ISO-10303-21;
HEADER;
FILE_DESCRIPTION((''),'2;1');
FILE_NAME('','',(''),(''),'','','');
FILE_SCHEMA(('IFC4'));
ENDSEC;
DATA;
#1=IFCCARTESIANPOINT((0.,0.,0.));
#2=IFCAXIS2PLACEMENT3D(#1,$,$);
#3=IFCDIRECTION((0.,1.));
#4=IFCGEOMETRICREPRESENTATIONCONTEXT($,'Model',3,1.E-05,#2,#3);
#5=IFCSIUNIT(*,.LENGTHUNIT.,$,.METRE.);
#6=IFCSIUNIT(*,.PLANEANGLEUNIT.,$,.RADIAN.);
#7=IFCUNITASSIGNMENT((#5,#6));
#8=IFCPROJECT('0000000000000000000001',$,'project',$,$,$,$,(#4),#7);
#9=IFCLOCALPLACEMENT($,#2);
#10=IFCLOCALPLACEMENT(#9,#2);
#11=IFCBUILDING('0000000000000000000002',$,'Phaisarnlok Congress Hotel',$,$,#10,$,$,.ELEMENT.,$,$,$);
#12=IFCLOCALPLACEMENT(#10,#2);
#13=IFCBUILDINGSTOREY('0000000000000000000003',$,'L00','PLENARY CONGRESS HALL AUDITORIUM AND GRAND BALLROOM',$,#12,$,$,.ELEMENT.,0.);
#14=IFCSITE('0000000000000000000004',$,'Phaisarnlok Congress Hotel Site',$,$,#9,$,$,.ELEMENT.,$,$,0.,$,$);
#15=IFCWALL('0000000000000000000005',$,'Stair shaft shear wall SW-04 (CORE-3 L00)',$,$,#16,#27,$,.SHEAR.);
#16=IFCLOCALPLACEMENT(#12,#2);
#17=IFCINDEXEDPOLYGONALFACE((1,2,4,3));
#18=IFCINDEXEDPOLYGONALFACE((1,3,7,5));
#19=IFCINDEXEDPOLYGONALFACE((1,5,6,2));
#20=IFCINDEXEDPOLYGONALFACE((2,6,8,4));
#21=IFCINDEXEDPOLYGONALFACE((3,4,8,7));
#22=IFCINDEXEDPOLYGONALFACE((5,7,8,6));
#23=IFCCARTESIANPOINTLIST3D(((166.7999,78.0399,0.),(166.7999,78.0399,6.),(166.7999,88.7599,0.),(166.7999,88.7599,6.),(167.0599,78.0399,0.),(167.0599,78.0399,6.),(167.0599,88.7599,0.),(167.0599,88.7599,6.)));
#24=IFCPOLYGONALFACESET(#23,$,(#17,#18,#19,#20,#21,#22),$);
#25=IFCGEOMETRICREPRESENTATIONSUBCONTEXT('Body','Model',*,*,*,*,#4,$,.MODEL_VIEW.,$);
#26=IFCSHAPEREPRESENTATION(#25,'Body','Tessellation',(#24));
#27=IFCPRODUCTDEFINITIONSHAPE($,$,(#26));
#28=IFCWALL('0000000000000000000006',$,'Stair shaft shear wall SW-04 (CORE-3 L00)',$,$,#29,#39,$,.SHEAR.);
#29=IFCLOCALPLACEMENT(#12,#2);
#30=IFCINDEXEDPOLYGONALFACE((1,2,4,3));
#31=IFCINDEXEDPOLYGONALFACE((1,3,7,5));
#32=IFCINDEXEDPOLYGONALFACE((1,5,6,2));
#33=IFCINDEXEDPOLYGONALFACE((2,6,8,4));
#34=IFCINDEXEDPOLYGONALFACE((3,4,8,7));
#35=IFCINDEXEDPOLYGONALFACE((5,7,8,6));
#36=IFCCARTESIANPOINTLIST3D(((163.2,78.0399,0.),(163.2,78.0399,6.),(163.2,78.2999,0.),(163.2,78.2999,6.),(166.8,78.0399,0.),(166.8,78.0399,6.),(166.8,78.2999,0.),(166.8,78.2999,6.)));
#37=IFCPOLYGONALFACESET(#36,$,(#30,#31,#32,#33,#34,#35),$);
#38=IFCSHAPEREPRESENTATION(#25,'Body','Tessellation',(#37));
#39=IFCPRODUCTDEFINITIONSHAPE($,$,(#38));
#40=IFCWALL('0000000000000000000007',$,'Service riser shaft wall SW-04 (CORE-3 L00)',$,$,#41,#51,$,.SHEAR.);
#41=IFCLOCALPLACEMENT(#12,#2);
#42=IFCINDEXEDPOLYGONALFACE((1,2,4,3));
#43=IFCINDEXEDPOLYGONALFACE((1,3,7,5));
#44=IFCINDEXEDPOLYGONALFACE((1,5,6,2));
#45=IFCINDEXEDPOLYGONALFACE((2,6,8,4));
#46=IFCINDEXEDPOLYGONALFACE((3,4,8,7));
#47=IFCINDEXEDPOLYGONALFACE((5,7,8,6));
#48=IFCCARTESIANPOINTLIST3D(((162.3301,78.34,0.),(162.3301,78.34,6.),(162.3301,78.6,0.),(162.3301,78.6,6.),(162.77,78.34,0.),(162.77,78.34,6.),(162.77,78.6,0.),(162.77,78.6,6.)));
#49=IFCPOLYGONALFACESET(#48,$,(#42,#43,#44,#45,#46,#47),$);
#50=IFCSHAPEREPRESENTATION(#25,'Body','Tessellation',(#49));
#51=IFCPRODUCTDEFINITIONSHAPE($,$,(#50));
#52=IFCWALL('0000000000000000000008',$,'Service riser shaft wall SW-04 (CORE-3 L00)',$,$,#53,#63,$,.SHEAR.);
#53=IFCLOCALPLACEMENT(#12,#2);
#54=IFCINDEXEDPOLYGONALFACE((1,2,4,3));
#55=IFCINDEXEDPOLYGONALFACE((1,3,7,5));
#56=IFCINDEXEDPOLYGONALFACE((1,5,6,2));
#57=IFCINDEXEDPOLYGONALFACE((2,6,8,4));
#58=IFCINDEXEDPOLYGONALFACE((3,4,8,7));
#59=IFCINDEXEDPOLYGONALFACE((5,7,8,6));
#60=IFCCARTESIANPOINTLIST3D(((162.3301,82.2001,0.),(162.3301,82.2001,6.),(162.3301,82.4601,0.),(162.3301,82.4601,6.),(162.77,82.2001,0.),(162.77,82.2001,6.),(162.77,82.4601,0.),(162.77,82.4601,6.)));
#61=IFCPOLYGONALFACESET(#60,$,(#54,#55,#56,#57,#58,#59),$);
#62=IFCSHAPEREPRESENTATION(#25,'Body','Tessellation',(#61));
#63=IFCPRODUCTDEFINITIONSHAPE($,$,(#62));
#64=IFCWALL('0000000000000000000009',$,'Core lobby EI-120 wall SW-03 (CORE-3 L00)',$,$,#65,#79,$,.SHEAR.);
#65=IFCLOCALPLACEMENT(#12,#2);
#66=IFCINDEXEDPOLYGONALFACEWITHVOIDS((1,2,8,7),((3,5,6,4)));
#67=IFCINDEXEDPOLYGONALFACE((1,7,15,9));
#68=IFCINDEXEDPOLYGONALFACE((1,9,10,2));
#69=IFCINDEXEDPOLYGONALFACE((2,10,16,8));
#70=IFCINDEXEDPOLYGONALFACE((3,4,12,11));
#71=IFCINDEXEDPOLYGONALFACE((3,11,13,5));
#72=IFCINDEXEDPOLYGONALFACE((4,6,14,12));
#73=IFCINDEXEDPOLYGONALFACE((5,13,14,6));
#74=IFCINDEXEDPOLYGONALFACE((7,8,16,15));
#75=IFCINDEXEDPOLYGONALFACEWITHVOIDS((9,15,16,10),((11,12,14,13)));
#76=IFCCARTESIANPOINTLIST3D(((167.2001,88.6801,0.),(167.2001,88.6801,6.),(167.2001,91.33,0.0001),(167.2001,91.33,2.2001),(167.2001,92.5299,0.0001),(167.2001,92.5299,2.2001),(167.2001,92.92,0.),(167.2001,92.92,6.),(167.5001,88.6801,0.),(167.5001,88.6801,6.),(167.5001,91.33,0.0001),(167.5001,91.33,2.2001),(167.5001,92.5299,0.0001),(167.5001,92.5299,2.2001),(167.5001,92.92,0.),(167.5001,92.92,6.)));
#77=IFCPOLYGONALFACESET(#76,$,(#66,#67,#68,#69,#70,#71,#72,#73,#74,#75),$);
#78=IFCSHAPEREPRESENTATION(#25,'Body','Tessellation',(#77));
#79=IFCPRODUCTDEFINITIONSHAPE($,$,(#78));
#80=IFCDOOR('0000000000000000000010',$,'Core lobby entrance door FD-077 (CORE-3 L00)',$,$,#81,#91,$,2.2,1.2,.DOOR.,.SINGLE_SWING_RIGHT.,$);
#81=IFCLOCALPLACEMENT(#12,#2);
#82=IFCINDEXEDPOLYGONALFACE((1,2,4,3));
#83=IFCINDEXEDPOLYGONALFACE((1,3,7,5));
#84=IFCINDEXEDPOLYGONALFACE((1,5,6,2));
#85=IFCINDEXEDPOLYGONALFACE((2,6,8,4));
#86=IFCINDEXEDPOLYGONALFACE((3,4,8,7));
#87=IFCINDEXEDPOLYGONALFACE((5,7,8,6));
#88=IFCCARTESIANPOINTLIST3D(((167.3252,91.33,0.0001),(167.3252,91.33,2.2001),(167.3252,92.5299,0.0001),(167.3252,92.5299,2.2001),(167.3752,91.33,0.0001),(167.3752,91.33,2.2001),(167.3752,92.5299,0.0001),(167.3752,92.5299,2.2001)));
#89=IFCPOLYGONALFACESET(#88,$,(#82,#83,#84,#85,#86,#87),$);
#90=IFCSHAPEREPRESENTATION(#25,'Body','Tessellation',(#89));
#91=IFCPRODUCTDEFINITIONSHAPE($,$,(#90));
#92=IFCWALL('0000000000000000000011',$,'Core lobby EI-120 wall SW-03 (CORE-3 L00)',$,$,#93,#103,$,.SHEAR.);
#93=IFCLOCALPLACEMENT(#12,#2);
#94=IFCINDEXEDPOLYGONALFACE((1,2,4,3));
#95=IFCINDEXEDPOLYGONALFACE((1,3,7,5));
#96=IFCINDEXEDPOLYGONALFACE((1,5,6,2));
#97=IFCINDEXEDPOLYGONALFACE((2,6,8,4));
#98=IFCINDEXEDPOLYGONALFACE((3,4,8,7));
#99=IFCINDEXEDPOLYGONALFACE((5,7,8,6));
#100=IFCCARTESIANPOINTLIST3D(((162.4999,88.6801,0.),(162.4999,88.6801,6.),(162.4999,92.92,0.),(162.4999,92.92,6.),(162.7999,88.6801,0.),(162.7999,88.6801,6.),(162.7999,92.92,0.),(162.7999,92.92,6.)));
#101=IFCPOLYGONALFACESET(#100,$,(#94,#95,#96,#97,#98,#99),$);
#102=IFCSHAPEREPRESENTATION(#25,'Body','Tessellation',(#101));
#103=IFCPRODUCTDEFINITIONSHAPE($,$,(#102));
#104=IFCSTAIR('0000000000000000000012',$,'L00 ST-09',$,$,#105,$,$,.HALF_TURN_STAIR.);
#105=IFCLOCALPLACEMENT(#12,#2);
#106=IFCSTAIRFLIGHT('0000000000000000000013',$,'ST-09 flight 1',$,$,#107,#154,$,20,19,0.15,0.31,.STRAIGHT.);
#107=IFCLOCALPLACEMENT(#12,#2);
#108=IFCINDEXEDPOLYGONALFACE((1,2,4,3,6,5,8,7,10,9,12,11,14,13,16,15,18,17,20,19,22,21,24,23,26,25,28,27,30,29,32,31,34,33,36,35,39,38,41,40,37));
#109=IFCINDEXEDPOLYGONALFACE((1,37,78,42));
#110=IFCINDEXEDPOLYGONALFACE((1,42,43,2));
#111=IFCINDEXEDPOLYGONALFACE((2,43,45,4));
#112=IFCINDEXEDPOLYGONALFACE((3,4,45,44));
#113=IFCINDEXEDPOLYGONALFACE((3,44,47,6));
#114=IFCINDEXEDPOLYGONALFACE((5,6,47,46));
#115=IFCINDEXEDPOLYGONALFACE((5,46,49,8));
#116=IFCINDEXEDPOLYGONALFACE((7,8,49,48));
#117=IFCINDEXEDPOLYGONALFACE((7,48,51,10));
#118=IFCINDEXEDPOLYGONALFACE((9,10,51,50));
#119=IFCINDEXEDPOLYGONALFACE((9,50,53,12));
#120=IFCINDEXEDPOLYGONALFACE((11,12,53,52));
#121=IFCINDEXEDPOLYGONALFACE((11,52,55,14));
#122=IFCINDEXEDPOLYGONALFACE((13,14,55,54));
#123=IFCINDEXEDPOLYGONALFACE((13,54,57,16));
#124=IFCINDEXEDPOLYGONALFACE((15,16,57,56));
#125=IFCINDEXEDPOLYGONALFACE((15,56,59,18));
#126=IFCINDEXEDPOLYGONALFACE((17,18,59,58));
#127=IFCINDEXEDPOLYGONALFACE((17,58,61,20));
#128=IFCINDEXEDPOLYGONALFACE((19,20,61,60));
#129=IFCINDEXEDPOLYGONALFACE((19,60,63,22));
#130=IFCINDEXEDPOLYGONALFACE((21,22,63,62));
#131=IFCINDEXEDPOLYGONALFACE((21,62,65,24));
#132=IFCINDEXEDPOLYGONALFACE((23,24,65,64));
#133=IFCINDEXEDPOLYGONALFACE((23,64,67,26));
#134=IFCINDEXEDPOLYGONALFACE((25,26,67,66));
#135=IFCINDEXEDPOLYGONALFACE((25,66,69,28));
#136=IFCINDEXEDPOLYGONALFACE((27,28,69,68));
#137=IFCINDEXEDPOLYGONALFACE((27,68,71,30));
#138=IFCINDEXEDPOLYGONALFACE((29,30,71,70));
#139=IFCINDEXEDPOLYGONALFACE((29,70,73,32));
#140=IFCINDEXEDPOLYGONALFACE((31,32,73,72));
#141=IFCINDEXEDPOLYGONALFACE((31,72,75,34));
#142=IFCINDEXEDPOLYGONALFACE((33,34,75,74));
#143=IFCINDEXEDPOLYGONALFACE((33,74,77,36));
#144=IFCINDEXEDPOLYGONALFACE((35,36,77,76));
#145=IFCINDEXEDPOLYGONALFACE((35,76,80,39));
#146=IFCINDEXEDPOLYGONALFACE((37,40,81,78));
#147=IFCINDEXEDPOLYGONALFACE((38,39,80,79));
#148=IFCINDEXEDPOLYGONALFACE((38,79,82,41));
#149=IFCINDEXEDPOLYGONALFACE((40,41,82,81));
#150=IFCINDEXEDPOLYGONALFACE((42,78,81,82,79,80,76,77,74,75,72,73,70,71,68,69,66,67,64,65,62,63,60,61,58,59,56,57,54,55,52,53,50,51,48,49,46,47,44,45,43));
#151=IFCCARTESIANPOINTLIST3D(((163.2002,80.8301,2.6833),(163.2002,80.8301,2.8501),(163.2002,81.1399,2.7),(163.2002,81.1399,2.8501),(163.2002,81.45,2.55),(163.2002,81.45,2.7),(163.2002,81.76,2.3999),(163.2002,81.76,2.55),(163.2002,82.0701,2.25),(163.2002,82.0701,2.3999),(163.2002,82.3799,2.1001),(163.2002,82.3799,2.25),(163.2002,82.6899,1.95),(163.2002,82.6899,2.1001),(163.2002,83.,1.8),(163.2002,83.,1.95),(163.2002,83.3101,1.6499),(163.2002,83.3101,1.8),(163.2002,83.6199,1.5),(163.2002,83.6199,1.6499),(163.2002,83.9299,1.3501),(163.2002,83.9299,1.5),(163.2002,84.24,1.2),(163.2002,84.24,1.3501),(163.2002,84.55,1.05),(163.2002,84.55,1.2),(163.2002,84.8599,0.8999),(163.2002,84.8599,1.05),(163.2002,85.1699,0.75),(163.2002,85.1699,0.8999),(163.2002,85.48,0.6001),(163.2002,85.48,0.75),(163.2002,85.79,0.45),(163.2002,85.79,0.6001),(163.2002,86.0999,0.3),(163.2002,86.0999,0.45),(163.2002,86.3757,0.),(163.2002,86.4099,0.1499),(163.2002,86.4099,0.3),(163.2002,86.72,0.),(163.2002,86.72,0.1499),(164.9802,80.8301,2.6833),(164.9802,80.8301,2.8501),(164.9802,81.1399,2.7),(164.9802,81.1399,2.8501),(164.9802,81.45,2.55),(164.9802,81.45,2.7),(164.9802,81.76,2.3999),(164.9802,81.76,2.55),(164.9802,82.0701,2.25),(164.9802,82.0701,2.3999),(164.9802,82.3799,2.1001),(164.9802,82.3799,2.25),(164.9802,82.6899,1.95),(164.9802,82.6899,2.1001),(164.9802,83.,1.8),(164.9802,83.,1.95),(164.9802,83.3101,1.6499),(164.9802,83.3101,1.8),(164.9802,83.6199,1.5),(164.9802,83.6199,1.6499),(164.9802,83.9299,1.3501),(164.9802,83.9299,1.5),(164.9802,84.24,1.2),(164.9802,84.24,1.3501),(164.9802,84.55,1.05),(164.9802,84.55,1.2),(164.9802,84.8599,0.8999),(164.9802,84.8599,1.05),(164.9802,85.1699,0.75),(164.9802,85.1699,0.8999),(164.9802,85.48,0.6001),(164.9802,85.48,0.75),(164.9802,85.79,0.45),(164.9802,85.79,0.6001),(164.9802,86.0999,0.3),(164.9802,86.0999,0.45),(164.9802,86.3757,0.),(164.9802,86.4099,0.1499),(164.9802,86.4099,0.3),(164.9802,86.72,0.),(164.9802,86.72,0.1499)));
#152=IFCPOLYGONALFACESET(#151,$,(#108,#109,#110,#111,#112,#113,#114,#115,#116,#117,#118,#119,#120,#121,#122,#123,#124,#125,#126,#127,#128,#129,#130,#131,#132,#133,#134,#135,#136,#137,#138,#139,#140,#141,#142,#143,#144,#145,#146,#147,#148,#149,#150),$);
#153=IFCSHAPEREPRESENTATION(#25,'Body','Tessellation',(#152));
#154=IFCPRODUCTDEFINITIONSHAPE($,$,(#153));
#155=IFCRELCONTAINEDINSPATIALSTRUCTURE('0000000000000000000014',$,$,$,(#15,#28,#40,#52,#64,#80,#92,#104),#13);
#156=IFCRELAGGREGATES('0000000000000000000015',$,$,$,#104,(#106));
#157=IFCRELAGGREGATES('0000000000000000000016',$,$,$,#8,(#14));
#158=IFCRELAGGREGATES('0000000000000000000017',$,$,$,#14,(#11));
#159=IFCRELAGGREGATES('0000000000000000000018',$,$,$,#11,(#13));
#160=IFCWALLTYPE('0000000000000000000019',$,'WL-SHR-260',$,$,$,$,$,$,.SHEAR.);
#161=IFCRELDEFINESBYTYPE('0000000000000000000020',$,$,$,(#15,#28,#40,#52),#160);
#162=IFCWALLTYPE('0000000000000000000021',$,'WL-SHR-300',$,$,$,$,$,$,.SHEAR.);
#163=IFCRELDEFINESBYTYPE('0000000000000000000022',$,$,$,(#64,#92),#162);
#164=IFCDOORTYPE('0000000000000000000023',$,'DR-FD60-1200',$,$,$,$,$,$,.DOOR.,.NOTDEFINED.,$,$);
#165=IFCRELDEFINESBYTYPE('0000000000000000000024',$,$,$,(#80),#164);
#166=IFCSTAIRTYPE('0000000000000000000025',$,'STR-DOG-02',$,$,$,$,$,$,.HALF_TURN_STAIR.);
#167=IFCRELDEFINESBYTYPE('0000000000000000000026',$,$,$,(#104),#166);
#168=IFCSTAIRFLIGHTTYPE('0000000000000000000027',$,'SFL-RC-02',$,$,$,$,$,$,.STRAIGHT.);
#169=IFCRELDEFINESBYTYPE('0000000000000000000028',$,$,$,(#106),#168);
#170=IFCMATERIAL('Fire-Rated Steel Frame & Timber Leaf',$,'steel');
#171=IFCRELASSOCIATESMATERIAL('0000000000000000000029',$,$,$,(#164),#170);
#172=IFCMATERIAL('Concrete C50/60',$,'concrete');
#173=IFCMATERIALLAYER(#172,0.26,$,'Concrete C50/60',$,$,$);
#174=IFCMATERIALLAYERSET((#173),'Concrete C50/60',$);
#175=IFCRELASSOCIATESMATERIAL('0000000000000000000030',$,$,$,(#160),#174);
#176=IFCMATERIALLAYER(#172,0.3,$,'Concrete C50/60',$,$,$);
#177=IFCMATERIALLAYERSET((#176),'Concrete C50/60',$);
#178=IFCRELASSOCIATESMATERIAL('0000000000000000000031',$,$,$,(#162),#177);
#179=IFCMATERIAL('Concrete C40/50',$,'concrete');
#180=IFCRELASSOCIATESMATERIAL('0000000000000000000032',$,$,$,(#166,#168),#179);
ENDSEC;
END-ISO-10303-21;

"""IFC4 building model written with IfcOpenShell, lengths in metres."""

from ifc_helpers import new_model, si_unit, direction, frame, frame_2d, origin, place, context, subcontext, project, spatial, polyline, rectangle, outline, extrude, material, layer, layer_set, type_object, element, fill, aggregate, save


model = new_model("IFC4")

# Units and contexts
model_context = context("Model", 3, precision=1e-05, world=origin(), true_north=direction((0.0, 1.0)))
body_context = subcontext(model_context, "Body", "Model", "MODEL_VIEW")
ifc_project = project(units=[si_unit("LENGTHUNIT", "METRE"), si_unit("PLANEANGLEUNIT", "RADIAN")], contexts=[model_context])

# Site, building, storey
site_placement = place(None, origin())
site = spatial("IfcSite", under=ifc_project, at=site_placement, Name="Phaisarnlok Congress Hotel Site", CompositionType="ELEMENT", RefElevation=0.0)
building_placement = place(site_placement, origin())
building = spatial("IfcBuilding", under=site, at=building_placement, Name="Phaisarnlok Congress Hotel", CompositionType="ELEMENT")
storey_placement = place(building_placement, origin())
storey = spatial("IfcBuildingStorey", under=building, at=storey_placement, Name="L00", Description="PLENARY CONGRESS HALL AUDITORIUM AND GRAND BALLROOM", CompositionType="ELEMENT", Elevation=0.0)

# Shared definitions
ifc_material_1 = material(Name="Concrete C50/60", Category="concrete")

# Shared definitions
ifc_material_2 = material(Name="Concrete C40/50", Category="concrete")

# Shared definitions
ifc_material_3 = material(Name="Fire-Rated Steel Frame & Timber Leaf", Category="steel")
door_type_1 = type_object("IfcDoorType", Name="DR-FD60-1200", OperationType="NOTDEFINED", PredefinedType="DOOR", material=ifc_material_3)

# Walls
ifc_layer_1 = layer(ifc_material_1, 0.26, Name="Concrete C50/60")
ifc_layer_set_1 = layer_set([ifc_layer_1], Name="Concrete C50/60")
wall_type_1 = type_object("IfcWallType", Name="WL-SHR-260", PredefinedType="SHEAR", material=ifc_layer_set_1)
for number, where, z_axis, x_axis, name in (
    (1, (166.9299, 78.04, 0.0), (0.0, 0.0, 1.0), (0.0, 1.0, 0.0), "Stair shaft shear wall SW-04 (CORE-3 L00)"),
):
    element("IfcWall", number, at=place(storey_placement, frame(where, z_axis=z_axis, x_axis=x_axis)), inside=storey, type_object=wall_type_1, Name=name, PredefinedType="SHEAR", context=body_context, shape_type="SweptSolid", body=[
        extrude(rectangle(XDim=10.72, YDim=0.26, at=frame_2d((5.3599, 0.0))), origin(), (0.0, 0.0, 1.0), 6.0),
    ])
wall_1_placement = place(storey_placement, frame((163.2, 78.1699, 0.0), z_axis=(0.0, 0.0, 1.0), x_axis=(1.0, 0.0, 0.0)))
element("IfcWall", 2, at=wall_1_placement, inside=storey, type_object=wall_type_1, Name="Stair shaft shear wall SW-04 (CORE-3 L00)", PredefinedType="SHEAR", context=body_context, shape_type="SweptSolid", body=[
    extrude(rectangle(XDim=3.6001, YDim=0.26, at=frame_2d((1.8, 0.0))), origin(), (0.0, 0.0, 1.0), 6.0),
])

# Walls
for number, where, z_axis, x_axis, name in (
    (3, (162.3301, 78.47, 0.0), (0.0, 0.0, 1.0), (1.0, 0.0, 0.0), "Service riser shaft wall SW-04 (CORE-3 L00)"),
    (4, (162.3301, 82.3301, 0.0), (0.0, 0.0, 1.0), (1.0, 0.0, 0.0), "Service riser shaft wall SW-04 (CORE-3 L00)"),
):
    element("IfcWall", number, at=place(storey_placement, frame(where, z_axis=z_axis, x_axis=x_axis)), inside=storey, type_object=wall_type_1, Name=name, PredefinedType="SHEAR", context=body_context, shape_type="SweptSolid", body=[
        extrude(rectangle(XDim=0.4399, YDim=0.26, at=frame_2d((0.22, 0.0))), origin(), (0.0, 0.0, 1.0), 6.0),
    ])

# Wall, opening, door
ifc_layer_2 = layer(ifc_material_1, 0.3, Name="Concrete C50/60")
ifc_layer_set_2 = layer_set([ifc_layer_2], Name="Concrete C50/60")
wall_type_2 = type_object("IfcWallType", Name="WL-SHR-300", PredefinedType="SHEAR", material=ifc_layer_set_2)
wall_2_placement = place(storey_placement, frame((167.3501, 88.6799, 0.0), z_axis=(0.0, 0.0, 1.0), x_axis=(0.0, 1.0, 0.0)))
wall_2 = element("IfcWall", 5, at=wall_2_placement, inside=storey, type_object=wall_type_2, Name="Core lobby EI-120 wall SW-03 (CORE-3 L00)", PredefinedType="SHEAR", context=body_context, shape_type="SweptSolid", body=[
    extrude(rectangle(XDim=4.24, YDim=0.3, at=frame_2d((2.1201, 0.0))), origin(), (0.0, 0.0, 1.0), 6.0),
])
opening_1_placement = place(wall_2_placement, frame((2.6499, 0.0, 0.0)))
opening_1 = element("IfcOpeningElement", 6, at=opening_1_placement, cuts=wall_2, PredefinedType="OPENING", context=body_context, shape_type="SweptSolid", body=[
    extrude(rectangle(XDim=1.2, YDim=2.2, at=frame_2d((0.6001, 1.1001))), frame((0.0, 0.1602, 0.0), z_axis=(0.0, -1.0, 0.0), x_axis=(1.0, 0.0, 0.0)), (0.0, 0.0, 1.0), 0.3201),
])
door_1_placement = place(opening_1_placement, origin())
door_1 = element("IfcDoor", 7, at=door_1_placement, inside=storey, type_object=door_type_1, Name="Core lobby entrance door FD-077 (CORE-3 L00)", OperationType="SINGLE_SWING_RIGHT", OverallHeight=2.2, OverallWidth=1.2, PredefinedType="DOOR", context=body_context, shape_type="SweptSolid", body=[
    extrude(rectangle(XDim=1.2, YDim=2.2, at=frame_2d((0.6001, 1.1001))), frame((0.0, 0.0249, 0.0), z_axis=(0.0, -1.0, 0.0), x_axis=(1.0, 0.0, 0.0)), (0.0, 0.0, 1.0), 0.05),
])
fill(opening_1, door_1)

# Wall
wall_3_placement = place(storey_placement, frame((162.6499, 88.6799, 0.0), z_axis=(0.0, 0.0, 1.0), x_axis=(0.0, 1.0, 0.0)))
element("IfcWall", 8, at=wall_3_placement, inside=storey, type_object=wall_type_2, Name="Core lobby EI-120 wall SW-03 (CORE-3 L00)", PredefinedType="SHEAR", context=body_context, shape_type="SweptSolid", body=[
    extrude(rectangle(XDim=4.24, YDim=0.3, at=frame_2d((2.1201, 0.0))), origin(), (0.0, 0.0, 1.0), 6.0),
])

# Stair, stair flight
stair_type = type_object("IfcStairType", Name="STR-DOG-02", PredefinedType="HALF_TURN_STAIR", material=ifc_material_2)
stair_placement = place(storey_placement, origin())
stair = element("IfcStair", 9, at=stair_placement, inside=storey, type_object=stair_type, Name="L00 ST-09", PredefinedType="HALF_TURN_STAIR")
stair_flight_type = type_object("IfcStairFlightType", Name="SFL-RC-02", PredefinedType="STRAIGHT", material=ifc_material_2)
stair_flight_1_placement = place(storey_placement, frame((164.0901, 86.72, 0.0), z_axis=(0.0, 0.0, 1.0), x_axis=(0.0, -1.0, 0.0)))
stair_flight_1 = element("IfcStairFlight", 10, at=stair_flight_1_placement, type_object=stair_flight_type, Name="ST-09 flight 1", NumberOfRisers=20, NumberOfTreads=19, PredefinedType="STRAIGHT", RiserHeight=0.15, TreadLength=0.31, context=body_context, shape_type="SweptSolid", body=[
    extrude(outline(polyline([(0.0, 0.0), (0.0, 0.1499), (0.3101, 0.1499), (0.3101, 0.3), (0.6201, 0.3), (0.6201, 0.45), (0.9299, 0.45), (0.9299, 0.6001), (1.24, 0.6001), (1.24, 0.75), (1.55, 0.75), (1.55, 0.8999), (1.8601, 0.8999), (1.8601, 1.05), (2.1699, 1.05), (2.1699, 1.2), (2.48, 1.2), (2.48, 1.3501), (2.79, 1.3501), (2.79, 1.5), (3.1001, 1.5), (3.1001, 1.6499), (3.4099, 1.6499), (3.4099, 1.8), (3.72, 1.8), (3.72, 1.95), (4.03, 1.95), (4.03, 2.1001), (4.3401, 2.1001), (4.3401, 2.25), (4.6499, 2.25), (4.6499, 2.3999), (4.96, 2.3999), (4.96, 2.55), (5.27, 2.55), (5.27, 2.7), (5.5801, 2.7), (5.5801, 2.8501), (5.8899, 2.8501), (5.8899, 3.0), (5.8899, 2.6833), (0.3442, 0.0), (0.0, 0.0)])), frame((0.0, 0.8901, 0.0), z_axis=(0.0, -1.0, 0.0), x_axis=(1.0, 0.0, 0.0)), (0.0, 0.0, 1.0), 1.78),
])
aggregate(stair, [stair_flight_1])

save(model, "model.ifc")
